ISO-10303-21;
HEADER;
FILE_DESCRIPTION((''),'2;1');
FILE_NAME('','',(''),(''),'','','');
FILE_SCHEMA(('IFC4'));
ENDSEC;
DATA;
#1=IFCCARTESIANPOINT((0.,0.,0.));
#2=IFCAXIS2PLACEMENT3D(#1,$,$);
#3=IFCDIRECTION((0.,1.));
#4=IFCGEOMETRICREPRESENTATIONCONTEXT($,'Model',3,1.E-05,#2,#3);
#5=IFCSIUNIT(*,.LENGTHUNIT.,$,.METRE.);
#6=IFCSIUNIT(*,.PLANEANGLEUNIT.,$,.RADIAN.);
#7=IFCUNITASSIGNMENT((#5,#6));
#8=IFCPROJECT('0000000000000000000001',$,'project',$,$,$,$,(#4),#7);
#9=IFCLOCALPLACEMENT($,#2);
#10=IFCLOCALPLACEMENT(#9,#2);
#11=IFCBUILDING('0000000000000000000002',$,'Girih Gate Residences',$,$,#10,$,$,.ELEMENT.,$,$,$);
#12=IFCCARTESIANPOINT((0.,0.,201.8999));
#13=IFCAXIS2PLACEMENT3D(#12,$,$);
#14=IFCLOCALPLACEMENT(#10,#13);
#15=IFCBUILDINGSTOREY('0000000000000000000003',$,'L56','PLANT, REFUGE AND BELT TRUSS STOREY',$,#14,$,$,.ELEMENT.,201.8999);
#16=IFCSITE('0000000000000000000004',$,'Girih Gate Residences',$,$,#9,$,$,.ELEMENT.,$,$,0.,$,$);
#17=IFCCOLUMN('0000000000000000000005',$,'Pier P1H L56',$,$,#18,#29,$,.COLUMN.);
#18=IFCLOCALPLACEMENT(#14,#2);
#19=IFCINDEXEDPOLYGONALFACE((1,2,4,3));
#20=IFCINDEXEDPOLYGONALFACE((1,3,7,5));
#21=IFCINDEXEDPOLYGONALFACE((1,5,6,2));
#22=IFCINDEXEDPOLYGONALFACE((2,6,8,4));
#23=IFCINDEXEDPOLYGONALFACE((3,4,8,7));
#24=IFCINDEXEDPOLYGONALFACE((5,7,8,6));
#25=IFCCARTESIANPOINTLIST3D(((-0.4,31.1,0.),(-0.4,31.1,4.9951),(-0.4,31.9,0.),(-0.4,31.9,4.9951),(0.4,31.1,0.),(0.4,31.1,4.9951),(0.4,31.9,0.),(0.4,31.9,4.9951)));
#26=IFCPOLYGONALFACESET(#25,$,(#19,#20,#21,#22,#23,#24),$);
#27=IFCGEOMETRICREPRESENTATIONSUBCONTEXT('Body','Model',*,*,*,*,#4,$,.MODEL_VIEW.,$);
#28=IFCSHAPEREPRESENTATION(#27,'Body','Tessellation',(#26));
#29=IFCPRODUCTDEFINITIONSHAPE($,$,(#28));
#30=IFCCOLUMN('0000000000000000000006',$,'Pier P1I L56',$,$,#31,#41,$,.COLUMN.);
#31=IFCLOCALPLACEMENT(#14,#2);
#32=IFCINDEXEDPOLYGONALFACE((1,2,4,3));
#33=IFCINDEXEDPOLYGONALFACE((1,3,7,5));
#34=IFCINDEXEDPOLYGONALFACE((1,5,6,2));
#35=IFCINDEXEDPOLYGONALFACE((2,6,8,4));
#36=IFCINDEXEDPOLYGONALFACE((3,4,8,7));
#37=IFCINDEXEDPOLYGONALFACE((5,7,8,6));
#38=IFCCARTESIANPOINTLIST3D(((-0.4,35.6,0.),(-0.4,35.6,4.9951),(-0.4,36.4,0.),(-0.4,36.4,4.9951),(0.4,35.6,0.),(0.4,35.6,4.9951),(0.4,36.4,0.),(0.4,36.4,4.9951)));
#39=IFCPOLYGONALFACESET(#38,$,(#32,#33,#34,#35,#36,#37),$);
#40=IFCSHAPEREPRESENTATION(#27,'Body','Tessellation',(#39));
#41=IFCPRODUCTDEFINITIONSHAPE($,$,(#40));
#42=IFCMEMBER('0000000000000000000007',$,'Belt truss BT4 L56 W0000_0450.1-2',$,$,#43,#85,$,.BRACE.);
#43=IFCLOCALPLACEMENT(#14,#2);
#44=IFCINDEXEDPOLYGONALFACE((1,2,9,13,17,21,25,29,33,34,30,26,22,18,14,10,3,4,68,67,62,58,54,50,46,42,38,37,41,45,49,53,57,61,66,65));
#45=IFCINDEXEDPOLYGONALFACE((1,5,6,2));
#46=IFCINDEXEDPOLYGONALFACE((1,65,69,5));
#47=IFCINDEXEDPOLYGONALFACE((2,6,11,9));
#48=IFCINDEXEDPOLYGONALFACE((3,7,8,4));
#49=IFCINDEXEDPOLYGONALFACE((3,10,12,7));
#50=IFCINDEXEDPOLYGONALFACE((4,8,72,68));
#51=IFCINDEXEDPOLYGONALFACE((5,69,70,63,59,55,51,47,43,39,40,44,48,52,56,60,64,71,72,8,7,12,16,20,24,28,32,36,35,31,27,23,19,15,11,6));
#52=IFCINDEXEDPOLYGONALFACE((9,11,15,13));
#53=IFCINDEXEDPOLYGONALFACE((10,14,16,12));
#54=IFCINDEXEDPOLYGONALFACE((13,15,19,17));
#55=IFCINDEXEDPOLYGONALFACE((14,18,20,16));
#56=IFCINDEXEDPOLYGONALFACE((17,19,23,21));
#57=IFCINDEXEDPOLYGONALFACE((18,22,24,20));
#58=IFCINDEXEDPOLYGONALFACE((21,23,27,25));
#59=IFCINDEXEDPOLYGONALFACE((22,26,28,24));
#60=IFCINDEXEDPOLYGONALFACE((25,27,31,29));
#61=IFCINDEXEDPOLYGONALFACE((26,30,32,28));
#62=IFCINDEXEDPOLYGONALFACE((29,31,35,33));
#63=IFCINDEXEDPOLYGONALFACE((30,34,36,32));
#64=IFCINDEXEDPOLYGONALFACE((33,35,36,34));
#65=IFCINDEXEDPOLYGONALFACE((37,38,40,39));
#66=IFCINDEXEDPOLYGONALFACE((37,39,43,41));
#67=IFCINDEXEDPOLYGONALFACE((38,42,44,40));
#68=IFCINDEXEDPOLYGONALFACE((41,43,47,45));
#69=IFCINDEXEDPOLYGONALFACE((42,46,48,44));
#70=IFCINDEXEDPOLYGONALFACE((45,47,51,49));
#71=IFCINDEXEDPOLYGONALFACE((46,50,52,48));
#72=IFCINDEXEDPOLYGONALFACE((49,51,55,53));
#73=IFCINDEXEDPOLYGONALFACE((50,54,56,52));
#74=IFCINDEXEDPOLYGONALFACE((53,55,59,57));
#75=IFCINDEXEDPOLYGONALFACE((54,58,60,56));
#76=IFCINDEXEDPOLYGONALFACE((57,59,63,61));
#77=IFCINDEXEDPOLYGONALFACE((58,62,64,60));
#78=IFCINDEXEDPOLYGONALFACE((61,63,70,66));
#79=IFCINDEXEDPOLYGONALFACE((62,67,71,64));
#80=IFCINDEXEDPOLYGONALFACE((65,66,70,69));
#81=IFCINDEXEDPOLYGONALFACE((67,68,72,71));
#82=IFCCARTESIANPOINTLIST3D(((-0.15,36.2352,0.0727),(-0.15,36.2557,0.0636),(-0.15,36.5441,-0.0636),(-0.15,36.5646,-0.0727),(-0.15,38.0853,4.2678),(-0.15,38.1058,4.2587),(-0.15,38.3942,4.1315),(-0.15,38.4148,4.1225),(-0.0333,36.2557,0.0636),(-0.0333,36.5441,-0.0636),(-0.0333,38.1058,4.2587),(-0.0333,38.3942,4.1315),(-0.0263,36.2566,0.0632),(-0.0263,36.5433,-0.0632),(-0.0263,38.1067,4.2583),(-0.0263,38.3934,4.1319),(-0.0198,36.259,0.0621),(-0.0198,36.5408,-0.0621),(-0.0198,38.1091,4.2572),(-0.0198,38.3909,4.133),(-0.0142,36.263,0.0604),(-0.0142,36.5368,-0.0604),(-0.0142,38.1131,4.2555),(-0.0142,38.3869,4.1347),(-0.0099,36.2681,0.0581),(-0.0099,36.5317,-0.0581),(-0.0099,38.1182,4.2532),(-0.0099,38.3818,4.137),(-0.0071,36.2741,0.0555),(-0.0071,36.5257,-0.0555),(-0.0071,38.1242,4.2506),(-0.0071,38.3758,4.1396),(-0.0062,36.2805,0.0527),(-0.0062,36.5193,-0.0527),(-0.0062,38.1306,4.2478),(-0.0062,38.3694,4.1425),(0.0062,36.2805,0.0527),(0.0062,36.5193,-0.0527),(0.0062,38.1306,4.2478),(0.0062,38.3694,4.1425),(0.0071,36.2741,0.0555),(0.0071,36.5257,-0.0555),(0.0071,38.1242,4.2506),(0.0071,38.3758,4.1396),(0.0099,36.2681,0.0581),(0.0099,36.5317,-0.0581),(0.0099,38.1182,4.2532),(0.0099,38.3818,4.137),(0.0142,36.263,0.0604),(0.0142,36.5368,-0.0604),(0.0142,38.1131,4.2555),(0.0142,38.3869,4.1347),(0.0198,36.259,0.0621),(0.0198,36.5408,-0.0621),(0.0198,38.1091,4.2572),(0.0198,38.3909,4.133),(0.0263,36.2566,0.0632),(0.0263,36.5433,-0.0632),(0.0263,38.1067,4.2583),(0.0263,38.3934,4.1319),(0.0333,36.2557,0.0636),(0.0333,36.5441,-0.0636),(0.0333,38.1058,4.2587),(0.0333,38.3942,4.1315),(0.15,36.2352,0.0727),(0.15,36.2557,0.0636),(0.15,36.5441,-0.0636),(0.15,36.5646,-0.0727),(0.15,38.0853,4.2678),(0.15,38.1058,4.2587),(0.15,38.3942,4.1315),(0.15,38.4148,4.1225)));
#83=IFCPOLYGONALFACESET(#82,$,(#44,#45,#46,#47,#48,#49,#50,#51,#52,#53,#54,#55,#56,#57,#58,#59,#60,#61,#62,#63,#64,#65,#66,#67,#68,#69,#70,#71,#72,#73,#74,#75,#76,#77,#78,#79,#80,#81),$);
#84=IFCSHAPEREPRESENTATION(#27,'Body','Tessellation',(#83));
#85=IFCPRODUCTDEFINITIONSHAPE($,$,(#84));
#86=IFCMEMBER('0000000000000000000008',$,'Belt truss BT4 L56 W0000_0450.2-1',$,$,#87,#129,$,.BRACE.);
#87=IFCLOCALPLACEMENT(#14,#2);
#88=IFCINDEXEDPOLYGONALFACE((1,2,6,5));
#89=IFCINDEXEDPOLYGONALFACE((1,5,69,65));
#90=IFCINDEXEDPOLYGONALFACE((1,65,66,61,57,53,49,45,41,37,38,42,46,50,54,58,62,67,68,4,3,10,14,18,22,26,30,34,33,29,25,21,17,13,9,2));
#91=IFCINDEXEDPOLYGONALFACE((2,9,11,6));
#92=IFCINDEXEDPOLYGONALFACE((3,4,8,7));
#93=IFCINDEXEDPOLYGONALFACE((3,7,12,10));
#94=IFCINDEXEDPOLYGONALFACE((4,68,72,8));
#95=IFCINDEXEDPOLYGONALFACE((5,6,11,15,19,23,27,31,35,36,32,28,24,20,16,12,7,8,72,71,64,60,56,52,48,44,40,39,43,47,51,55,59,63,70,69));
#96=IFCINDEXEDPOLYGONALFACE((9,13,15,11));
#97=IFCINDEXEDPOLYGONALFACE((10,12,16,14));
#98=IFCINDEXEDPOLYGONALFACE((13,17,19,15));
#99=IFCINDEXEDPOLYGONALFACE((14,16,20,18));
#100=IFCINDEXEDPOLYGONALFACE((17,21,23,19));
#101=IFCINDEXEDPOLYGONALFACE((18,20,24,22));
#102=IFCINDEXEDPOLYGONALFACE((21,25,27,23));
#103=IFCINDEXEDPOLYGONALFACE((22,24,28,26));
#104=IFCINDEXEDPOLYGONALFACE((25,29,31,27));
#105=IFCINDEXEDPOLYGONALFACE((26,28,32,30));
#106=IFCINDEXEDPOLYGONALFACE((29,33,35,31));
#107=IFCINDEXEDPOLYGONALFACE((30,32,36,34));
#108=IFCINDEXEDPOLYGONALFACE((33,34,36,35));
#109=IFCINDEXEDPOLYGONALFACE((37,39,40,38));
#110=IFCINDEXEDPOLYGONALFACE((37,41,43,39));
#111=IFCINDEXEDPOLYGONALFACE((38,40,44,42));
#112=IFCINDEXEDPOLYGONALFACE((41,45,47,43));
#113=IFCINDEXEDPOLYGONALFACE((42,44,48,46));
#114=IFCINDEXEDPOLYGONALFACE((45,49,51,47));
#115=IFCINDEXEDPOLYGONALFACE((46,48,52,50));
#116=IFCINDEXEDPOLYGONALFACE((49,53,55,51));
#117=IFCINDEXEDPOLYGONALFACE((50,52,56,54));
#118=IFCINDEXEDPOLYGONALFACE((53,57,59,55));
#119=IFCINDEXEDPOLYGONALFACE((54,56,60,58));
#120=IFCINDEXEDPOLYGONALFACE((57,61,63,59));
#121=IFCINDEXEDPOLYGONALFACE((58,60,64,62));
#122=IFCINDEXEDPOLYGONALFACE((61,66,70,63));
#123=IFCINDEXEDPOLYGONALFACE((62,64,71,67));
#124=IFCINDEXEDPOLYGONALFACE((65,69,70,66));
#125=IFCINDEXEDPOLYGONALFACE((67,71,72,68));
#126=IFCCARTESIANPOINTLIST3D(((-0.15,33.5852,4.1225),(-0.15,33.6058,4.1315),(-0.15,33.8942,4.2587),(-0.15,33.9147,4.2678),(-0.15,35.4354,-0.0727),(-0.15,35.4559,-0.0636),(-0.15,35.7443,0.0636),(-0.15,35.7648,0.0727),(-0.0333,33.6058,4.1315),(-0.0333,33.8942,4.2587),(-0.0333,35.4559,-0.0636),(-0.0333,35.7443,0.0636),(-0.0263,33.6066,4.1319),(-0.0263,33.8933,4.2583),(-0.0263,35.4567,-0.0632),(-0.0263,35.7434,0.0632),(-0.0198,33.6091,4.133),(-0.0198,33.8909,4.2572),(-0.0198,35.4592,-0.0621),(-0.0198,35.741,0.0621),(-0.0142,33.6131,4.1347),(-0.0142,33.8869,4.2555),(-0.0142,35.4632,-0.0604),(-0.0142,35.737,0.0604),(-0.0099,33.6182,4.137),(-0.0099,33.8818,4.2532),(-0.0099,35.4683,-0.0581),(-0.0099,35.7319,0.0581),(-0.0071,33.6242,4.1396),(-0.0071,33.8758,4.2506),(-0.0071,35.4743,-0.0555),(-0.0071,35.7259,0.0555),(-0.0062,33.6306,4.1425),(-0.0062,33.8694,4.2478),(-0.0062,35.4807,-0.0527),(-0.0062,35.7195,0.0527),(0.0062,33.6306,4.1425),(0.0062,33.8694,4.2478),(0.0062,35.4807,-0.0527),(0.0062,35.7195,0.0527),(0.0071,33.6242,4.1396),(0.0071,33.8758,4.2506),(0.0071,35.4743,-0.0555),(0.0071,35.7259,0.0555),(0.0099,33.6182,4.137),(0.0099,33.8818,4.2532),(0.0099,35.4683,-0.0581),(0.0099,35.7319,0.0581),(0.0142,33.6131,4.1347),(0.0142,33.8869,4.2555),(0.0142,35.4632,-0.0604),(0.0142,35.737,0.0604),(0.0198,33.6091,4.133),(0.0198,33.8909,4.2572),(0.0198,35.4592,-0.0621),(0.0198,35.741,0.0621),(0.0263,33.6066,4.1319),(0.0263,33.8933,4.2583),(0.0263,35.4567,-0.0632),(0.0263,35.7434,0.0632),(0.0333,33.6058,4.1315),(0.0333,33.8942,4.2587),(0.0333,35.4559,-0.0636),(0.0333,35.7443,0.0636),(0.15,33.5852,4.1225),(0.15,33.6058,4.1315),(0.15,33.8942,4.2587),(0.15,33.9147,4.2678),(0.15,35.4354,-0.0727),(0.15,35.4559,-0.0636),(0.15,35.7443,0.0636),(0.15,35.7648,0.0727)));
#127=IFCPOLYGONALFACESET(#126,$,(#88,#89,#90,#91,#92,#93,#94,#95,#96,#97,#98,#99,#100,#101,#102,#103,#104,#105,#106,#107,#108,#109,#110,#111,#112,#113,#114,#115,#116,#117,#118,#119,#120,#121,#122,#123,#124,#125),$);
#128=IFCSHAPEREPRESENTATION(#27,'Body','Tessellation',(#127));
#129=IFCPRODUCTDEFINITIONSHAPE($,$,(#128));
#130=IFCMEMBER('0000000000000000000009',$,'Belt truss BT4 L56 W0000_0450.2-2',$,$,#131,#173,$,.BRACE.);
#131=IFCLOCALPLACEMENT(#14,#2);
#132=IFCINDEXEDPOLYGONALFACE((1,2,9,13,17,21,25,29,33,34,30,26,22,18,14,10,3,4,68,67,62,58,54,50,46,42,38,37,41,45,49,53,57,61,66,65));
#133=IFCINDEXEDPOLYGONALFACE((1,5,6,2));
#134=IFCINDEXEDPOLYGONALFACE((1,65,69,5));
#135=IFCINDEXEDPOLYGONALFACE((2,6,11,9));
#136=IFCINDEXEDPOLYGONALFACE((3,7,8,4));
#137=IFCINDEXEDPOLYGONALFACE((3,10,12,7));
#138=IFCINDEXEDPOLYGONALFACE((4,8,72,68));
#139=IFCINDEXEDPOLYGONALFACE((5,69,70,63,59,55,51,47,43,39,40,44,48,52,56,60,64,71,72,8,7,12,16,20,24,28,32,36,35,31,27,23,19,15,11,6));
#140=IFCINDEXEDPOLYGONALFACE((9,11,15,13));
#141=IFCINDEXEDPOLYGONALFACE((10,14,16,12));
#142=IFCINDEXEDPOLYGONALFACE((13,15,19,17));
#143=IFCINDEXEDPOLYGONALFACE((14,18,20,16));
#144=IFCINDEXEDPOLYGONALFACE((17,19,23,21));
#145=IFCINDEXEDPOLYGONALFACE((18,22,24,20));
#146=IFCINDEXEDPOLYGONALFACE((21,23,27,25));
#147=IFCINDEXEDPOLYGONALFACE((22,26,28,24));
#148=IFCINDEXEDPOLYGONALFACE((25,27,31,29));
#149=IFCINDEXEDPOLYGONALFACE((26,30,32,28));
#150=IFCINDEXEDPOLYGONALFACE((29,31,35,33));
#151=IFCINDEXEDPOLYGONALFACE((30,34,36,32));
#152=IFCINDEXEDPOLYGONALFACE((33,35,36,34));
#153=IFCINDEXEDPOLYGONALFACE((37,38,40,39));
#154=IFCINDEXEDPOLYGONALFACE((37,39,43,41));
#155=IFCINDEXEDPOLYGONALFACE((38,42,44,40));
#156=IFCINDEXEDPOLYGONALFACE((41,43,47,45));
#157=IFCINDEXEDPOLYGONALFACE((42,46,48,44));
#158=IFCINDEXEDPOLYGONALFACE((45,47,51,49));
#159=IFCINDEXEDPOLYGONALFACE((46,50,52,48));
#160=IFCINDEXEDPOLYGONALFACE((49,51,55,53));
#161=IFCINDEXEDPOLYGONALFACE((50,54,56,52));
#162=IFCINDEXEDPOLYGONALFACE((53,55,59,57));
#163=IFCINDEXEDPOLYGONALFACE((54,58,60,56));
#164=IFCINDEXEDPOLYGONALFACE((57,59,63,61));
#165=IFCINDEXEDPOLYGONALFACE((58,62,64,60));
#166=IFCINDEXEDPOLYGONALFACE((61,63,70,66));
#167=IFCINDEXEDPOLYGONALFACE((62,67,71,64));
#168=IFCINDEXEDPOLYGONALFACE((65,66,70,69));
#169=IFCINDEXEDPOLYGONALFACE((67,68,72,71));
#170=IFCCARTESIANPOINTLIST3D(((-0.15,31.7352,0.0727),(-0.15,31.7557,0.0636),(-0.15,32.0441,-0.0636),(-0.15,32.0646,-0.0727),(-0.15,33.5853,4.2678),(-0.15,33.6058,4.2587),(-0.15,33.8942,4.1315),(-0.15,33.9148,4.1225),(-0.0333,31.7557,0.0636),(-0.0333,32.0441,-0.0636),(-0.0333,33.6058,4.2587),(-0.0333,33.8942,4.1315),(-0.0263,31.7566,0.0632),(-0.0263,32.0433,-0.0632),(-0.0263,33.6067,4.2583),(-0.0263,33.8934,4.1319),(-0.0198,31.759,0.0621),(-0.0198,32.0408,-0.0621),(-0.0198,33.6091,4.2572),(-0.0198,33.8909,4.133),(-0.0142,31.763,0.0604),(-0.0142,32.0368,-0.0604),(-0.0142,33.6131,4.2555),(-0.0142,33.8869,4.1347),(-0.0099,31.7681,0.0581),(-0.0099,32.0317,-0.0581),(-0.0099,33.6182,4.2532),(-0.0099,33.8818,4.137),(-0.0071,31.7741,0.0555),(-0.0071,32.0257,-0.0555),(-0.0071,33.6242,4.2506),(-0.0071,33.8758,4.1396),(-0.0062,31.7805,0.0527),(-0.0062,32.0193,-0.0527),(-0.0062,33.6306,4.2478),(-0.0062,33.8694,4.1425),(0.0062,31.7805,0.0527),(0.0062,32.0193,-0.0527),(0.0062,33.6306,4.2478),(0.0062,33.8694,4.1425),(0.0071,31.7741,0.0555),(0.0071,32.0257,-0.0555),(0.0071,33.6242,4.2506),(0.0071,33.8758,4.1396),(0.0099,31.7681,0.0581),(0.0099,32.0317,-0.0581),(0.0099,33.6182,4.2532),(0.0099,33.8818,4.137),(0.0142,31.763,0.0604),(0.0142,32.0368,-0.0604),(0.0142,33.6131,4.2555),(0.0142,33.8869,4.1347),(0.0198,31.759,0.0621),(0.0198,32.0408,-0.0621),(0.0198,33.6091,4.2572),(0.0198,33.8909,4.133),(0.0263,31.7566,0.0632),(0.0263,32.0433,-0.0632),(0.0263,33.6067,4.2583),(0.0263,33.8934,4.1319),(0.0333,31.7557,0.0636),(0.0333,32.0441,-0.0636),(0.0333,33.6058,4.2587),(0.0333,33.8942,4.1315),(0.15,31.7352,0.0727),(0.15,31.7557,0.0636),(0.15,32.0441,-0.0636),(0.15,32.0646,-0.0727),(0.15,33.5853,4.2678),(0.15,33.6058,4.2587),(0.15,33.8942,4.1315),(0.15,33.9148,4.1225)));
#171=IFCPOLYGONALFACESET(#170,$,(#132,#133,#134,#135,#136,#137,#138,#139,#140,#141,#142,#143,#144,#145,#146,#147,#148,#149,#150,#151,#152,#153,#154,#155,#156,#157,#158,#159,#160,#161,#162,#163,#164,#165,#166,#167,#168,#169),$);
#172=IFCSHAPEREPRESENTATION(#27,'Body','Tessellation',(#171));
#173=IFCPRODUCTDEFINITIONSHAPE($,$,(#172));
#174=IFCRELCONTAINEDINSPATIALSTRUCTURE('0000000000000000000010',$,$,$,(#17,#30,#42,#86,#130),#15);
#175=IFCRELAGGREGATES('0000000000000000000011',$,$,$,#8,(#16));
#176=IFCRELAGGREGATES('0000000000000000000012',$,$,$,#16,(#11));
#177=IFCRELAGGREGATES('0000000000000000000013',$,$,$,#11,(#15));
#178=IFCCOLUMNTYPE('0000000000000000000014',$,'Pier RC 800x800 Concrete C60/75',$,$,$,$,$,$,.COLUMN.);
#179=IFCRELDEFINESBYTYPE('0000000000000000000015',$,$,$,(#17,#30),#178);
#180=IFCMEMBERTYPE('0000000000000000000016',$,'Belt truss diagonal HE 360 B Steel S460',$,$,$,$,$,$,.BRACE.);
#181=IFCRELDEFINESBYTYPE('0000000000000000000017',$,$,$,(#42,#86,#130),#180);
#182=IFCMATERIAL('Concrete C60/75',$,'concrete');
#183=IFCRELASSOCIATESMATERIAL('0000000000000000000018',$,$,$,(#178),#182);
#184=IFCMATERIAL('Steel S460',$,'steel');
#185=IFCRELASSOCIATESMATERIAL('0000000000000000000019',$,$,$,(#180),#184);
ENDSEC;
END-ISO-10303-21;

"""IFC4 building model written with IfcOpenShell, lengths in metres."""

from ifc_helpers import new_model, si_unit, direction, frame, origin, origin_2d, place, context, subcontext, project, spatial, rectangle, i_section, extrude, material, material_profile, profile_set, type_object, element, save


model = new_model("IFC4")

# Units and contexts
model_context = context("Model", 3, precision=1e-05, world=origin(), true_north=direction((0.0, 1.0)))
body_context = subcontext(model_context, "Body", "Model", "MODEL_VIEW")
ifc_project = project(units=[si_unit("LENGTHUNIT", "METRE"), si_unit("PLANEANGLEUNIT", "RADIAN")], contexts=[model_context])

# Site, building, storey
site_placement = place(None, origin())
site = spatial("IfcSite", under=ifc_project, at=site_placement, Name="Girih Gate Residences", CompositionType="ELEMENT", RefElevation=0.0)
building_placement = place(site_placement, origin())
building = spatial("IfcBuilding", under=site, at=building_placement, Name="Girih Gate Residences", CompositionType="ELEMENT")
storey_placement = place(building_placement, frame((0.0, 0.0, 201.8999)))
storey = spatial("IfcBuildingStorey", under=building, at=storey_placement, Name="L56", Description="PLANT, REFUGE AND BELT TRUSS STOREY", CompositionType="ELEMENT", Elevation=201.8999)

# Columns
ifc_material_1 = material(Name="Concrete C60/75", Category="concrete")
ifc_material_profile_1 = material_profile(ifc_material_1, rectangle(XDim=0.8, YDim=0.8, at=origin_2d()))
ifc_profile_set_1 = profile_set([ifc_material_profile_1], Name="Concrete C60/75")
column_type = type_object("IfcColumnType", Name="Pier RC 800x800 Concrete C60/75", PredefinedType="COLUMN", material=ifc_profile_set_1)
for number, where, z_axis, x_axis, name in (
    (1, (0.0, 31.5, 0.0), (0.0, 0.0, 1.0), (1.0, 0.0, 0.0), "Pier P1H L56"),
    (2, (0.0, 36.0, 0.0), (0.0, 0.0, 1.0), (1.0, 0.0, 0.0), "Pier P1I L56"),
):
    element("IfcColumn", number, at=place(storey_placement, frame(where, z_axis=z_axis, x_axis=x_axis)), inside=storey, type_object=column_type, Name=name, PredefinedType="COLUMN", context=body_context, shape_type="SweptSolid", body=[
        extrude(rectangle(XDim=0.8, YDim=0.8, at=origin_2d()), origin(), (0.0, 0.0, 1.0), 4.9951),
    ])

# Members
ifc_material_2 = material(Name="Steel S460", Category="steel")
ifc_material_profile_2 = material_profile(ifc_material_2, i_section(OverallWidth=0.3, OverallDepth=0.3601, WebThickness=0.0125, FlangeThickness=0.0225, FilletRadius=0.0271, at=origin_2d()))
ifc_profile_set_2 = profile_set([ifc_material_profile_2], Name="Steel S460")
member_type = type_object("IfcMemberType", Name="Belt truss diagonal HE 360 B Steel S460", PredefinedType="BRACE", material=ifc_profile_set_2)
for number, where, z_axis, x_axis, name in (
    (3, (0.0, 36.3999, 0.0), (0.0, 0.403518, 0.914972), (-1.0, 0.0, 0.0), "Belt truss BT4 L56 W0000_0450.1-2"),
    (4, (0.0, 35.6001, 0.0), (0.0, -0.403518, 0.914972), (1.0, 0.0, 0.0), "Belt truss BT4 L56 W0000_0450.2-1"),
    (5, (0.0, 31.8999, 0.0), (0.0, 0.403518, 0.914972), (-1.0, 0.0, 0.0), "Belt truss BT4 L56 W0000_0450.2-2"),
):
    element("IfcMember", number, at=place(storey_placement, frame(where, z_axis=z_axis, x_axis=x_axis)), inside=storey, type_object=member_type, Name=name, PredefinedType="BRACE", context=body_context, shape_type="SweptSolid", body=[
        extrude(i_section(OverallWidth=0.3, OverallDepth=0.3601, WebThickness=0.0125, FlangeThickness=0.0225, FilletRadius=0.0271, at=origin_2d()), origin(), (0.0, 0.0, 1.0), 4.585),
    ])

save(model, "model.ifc")
